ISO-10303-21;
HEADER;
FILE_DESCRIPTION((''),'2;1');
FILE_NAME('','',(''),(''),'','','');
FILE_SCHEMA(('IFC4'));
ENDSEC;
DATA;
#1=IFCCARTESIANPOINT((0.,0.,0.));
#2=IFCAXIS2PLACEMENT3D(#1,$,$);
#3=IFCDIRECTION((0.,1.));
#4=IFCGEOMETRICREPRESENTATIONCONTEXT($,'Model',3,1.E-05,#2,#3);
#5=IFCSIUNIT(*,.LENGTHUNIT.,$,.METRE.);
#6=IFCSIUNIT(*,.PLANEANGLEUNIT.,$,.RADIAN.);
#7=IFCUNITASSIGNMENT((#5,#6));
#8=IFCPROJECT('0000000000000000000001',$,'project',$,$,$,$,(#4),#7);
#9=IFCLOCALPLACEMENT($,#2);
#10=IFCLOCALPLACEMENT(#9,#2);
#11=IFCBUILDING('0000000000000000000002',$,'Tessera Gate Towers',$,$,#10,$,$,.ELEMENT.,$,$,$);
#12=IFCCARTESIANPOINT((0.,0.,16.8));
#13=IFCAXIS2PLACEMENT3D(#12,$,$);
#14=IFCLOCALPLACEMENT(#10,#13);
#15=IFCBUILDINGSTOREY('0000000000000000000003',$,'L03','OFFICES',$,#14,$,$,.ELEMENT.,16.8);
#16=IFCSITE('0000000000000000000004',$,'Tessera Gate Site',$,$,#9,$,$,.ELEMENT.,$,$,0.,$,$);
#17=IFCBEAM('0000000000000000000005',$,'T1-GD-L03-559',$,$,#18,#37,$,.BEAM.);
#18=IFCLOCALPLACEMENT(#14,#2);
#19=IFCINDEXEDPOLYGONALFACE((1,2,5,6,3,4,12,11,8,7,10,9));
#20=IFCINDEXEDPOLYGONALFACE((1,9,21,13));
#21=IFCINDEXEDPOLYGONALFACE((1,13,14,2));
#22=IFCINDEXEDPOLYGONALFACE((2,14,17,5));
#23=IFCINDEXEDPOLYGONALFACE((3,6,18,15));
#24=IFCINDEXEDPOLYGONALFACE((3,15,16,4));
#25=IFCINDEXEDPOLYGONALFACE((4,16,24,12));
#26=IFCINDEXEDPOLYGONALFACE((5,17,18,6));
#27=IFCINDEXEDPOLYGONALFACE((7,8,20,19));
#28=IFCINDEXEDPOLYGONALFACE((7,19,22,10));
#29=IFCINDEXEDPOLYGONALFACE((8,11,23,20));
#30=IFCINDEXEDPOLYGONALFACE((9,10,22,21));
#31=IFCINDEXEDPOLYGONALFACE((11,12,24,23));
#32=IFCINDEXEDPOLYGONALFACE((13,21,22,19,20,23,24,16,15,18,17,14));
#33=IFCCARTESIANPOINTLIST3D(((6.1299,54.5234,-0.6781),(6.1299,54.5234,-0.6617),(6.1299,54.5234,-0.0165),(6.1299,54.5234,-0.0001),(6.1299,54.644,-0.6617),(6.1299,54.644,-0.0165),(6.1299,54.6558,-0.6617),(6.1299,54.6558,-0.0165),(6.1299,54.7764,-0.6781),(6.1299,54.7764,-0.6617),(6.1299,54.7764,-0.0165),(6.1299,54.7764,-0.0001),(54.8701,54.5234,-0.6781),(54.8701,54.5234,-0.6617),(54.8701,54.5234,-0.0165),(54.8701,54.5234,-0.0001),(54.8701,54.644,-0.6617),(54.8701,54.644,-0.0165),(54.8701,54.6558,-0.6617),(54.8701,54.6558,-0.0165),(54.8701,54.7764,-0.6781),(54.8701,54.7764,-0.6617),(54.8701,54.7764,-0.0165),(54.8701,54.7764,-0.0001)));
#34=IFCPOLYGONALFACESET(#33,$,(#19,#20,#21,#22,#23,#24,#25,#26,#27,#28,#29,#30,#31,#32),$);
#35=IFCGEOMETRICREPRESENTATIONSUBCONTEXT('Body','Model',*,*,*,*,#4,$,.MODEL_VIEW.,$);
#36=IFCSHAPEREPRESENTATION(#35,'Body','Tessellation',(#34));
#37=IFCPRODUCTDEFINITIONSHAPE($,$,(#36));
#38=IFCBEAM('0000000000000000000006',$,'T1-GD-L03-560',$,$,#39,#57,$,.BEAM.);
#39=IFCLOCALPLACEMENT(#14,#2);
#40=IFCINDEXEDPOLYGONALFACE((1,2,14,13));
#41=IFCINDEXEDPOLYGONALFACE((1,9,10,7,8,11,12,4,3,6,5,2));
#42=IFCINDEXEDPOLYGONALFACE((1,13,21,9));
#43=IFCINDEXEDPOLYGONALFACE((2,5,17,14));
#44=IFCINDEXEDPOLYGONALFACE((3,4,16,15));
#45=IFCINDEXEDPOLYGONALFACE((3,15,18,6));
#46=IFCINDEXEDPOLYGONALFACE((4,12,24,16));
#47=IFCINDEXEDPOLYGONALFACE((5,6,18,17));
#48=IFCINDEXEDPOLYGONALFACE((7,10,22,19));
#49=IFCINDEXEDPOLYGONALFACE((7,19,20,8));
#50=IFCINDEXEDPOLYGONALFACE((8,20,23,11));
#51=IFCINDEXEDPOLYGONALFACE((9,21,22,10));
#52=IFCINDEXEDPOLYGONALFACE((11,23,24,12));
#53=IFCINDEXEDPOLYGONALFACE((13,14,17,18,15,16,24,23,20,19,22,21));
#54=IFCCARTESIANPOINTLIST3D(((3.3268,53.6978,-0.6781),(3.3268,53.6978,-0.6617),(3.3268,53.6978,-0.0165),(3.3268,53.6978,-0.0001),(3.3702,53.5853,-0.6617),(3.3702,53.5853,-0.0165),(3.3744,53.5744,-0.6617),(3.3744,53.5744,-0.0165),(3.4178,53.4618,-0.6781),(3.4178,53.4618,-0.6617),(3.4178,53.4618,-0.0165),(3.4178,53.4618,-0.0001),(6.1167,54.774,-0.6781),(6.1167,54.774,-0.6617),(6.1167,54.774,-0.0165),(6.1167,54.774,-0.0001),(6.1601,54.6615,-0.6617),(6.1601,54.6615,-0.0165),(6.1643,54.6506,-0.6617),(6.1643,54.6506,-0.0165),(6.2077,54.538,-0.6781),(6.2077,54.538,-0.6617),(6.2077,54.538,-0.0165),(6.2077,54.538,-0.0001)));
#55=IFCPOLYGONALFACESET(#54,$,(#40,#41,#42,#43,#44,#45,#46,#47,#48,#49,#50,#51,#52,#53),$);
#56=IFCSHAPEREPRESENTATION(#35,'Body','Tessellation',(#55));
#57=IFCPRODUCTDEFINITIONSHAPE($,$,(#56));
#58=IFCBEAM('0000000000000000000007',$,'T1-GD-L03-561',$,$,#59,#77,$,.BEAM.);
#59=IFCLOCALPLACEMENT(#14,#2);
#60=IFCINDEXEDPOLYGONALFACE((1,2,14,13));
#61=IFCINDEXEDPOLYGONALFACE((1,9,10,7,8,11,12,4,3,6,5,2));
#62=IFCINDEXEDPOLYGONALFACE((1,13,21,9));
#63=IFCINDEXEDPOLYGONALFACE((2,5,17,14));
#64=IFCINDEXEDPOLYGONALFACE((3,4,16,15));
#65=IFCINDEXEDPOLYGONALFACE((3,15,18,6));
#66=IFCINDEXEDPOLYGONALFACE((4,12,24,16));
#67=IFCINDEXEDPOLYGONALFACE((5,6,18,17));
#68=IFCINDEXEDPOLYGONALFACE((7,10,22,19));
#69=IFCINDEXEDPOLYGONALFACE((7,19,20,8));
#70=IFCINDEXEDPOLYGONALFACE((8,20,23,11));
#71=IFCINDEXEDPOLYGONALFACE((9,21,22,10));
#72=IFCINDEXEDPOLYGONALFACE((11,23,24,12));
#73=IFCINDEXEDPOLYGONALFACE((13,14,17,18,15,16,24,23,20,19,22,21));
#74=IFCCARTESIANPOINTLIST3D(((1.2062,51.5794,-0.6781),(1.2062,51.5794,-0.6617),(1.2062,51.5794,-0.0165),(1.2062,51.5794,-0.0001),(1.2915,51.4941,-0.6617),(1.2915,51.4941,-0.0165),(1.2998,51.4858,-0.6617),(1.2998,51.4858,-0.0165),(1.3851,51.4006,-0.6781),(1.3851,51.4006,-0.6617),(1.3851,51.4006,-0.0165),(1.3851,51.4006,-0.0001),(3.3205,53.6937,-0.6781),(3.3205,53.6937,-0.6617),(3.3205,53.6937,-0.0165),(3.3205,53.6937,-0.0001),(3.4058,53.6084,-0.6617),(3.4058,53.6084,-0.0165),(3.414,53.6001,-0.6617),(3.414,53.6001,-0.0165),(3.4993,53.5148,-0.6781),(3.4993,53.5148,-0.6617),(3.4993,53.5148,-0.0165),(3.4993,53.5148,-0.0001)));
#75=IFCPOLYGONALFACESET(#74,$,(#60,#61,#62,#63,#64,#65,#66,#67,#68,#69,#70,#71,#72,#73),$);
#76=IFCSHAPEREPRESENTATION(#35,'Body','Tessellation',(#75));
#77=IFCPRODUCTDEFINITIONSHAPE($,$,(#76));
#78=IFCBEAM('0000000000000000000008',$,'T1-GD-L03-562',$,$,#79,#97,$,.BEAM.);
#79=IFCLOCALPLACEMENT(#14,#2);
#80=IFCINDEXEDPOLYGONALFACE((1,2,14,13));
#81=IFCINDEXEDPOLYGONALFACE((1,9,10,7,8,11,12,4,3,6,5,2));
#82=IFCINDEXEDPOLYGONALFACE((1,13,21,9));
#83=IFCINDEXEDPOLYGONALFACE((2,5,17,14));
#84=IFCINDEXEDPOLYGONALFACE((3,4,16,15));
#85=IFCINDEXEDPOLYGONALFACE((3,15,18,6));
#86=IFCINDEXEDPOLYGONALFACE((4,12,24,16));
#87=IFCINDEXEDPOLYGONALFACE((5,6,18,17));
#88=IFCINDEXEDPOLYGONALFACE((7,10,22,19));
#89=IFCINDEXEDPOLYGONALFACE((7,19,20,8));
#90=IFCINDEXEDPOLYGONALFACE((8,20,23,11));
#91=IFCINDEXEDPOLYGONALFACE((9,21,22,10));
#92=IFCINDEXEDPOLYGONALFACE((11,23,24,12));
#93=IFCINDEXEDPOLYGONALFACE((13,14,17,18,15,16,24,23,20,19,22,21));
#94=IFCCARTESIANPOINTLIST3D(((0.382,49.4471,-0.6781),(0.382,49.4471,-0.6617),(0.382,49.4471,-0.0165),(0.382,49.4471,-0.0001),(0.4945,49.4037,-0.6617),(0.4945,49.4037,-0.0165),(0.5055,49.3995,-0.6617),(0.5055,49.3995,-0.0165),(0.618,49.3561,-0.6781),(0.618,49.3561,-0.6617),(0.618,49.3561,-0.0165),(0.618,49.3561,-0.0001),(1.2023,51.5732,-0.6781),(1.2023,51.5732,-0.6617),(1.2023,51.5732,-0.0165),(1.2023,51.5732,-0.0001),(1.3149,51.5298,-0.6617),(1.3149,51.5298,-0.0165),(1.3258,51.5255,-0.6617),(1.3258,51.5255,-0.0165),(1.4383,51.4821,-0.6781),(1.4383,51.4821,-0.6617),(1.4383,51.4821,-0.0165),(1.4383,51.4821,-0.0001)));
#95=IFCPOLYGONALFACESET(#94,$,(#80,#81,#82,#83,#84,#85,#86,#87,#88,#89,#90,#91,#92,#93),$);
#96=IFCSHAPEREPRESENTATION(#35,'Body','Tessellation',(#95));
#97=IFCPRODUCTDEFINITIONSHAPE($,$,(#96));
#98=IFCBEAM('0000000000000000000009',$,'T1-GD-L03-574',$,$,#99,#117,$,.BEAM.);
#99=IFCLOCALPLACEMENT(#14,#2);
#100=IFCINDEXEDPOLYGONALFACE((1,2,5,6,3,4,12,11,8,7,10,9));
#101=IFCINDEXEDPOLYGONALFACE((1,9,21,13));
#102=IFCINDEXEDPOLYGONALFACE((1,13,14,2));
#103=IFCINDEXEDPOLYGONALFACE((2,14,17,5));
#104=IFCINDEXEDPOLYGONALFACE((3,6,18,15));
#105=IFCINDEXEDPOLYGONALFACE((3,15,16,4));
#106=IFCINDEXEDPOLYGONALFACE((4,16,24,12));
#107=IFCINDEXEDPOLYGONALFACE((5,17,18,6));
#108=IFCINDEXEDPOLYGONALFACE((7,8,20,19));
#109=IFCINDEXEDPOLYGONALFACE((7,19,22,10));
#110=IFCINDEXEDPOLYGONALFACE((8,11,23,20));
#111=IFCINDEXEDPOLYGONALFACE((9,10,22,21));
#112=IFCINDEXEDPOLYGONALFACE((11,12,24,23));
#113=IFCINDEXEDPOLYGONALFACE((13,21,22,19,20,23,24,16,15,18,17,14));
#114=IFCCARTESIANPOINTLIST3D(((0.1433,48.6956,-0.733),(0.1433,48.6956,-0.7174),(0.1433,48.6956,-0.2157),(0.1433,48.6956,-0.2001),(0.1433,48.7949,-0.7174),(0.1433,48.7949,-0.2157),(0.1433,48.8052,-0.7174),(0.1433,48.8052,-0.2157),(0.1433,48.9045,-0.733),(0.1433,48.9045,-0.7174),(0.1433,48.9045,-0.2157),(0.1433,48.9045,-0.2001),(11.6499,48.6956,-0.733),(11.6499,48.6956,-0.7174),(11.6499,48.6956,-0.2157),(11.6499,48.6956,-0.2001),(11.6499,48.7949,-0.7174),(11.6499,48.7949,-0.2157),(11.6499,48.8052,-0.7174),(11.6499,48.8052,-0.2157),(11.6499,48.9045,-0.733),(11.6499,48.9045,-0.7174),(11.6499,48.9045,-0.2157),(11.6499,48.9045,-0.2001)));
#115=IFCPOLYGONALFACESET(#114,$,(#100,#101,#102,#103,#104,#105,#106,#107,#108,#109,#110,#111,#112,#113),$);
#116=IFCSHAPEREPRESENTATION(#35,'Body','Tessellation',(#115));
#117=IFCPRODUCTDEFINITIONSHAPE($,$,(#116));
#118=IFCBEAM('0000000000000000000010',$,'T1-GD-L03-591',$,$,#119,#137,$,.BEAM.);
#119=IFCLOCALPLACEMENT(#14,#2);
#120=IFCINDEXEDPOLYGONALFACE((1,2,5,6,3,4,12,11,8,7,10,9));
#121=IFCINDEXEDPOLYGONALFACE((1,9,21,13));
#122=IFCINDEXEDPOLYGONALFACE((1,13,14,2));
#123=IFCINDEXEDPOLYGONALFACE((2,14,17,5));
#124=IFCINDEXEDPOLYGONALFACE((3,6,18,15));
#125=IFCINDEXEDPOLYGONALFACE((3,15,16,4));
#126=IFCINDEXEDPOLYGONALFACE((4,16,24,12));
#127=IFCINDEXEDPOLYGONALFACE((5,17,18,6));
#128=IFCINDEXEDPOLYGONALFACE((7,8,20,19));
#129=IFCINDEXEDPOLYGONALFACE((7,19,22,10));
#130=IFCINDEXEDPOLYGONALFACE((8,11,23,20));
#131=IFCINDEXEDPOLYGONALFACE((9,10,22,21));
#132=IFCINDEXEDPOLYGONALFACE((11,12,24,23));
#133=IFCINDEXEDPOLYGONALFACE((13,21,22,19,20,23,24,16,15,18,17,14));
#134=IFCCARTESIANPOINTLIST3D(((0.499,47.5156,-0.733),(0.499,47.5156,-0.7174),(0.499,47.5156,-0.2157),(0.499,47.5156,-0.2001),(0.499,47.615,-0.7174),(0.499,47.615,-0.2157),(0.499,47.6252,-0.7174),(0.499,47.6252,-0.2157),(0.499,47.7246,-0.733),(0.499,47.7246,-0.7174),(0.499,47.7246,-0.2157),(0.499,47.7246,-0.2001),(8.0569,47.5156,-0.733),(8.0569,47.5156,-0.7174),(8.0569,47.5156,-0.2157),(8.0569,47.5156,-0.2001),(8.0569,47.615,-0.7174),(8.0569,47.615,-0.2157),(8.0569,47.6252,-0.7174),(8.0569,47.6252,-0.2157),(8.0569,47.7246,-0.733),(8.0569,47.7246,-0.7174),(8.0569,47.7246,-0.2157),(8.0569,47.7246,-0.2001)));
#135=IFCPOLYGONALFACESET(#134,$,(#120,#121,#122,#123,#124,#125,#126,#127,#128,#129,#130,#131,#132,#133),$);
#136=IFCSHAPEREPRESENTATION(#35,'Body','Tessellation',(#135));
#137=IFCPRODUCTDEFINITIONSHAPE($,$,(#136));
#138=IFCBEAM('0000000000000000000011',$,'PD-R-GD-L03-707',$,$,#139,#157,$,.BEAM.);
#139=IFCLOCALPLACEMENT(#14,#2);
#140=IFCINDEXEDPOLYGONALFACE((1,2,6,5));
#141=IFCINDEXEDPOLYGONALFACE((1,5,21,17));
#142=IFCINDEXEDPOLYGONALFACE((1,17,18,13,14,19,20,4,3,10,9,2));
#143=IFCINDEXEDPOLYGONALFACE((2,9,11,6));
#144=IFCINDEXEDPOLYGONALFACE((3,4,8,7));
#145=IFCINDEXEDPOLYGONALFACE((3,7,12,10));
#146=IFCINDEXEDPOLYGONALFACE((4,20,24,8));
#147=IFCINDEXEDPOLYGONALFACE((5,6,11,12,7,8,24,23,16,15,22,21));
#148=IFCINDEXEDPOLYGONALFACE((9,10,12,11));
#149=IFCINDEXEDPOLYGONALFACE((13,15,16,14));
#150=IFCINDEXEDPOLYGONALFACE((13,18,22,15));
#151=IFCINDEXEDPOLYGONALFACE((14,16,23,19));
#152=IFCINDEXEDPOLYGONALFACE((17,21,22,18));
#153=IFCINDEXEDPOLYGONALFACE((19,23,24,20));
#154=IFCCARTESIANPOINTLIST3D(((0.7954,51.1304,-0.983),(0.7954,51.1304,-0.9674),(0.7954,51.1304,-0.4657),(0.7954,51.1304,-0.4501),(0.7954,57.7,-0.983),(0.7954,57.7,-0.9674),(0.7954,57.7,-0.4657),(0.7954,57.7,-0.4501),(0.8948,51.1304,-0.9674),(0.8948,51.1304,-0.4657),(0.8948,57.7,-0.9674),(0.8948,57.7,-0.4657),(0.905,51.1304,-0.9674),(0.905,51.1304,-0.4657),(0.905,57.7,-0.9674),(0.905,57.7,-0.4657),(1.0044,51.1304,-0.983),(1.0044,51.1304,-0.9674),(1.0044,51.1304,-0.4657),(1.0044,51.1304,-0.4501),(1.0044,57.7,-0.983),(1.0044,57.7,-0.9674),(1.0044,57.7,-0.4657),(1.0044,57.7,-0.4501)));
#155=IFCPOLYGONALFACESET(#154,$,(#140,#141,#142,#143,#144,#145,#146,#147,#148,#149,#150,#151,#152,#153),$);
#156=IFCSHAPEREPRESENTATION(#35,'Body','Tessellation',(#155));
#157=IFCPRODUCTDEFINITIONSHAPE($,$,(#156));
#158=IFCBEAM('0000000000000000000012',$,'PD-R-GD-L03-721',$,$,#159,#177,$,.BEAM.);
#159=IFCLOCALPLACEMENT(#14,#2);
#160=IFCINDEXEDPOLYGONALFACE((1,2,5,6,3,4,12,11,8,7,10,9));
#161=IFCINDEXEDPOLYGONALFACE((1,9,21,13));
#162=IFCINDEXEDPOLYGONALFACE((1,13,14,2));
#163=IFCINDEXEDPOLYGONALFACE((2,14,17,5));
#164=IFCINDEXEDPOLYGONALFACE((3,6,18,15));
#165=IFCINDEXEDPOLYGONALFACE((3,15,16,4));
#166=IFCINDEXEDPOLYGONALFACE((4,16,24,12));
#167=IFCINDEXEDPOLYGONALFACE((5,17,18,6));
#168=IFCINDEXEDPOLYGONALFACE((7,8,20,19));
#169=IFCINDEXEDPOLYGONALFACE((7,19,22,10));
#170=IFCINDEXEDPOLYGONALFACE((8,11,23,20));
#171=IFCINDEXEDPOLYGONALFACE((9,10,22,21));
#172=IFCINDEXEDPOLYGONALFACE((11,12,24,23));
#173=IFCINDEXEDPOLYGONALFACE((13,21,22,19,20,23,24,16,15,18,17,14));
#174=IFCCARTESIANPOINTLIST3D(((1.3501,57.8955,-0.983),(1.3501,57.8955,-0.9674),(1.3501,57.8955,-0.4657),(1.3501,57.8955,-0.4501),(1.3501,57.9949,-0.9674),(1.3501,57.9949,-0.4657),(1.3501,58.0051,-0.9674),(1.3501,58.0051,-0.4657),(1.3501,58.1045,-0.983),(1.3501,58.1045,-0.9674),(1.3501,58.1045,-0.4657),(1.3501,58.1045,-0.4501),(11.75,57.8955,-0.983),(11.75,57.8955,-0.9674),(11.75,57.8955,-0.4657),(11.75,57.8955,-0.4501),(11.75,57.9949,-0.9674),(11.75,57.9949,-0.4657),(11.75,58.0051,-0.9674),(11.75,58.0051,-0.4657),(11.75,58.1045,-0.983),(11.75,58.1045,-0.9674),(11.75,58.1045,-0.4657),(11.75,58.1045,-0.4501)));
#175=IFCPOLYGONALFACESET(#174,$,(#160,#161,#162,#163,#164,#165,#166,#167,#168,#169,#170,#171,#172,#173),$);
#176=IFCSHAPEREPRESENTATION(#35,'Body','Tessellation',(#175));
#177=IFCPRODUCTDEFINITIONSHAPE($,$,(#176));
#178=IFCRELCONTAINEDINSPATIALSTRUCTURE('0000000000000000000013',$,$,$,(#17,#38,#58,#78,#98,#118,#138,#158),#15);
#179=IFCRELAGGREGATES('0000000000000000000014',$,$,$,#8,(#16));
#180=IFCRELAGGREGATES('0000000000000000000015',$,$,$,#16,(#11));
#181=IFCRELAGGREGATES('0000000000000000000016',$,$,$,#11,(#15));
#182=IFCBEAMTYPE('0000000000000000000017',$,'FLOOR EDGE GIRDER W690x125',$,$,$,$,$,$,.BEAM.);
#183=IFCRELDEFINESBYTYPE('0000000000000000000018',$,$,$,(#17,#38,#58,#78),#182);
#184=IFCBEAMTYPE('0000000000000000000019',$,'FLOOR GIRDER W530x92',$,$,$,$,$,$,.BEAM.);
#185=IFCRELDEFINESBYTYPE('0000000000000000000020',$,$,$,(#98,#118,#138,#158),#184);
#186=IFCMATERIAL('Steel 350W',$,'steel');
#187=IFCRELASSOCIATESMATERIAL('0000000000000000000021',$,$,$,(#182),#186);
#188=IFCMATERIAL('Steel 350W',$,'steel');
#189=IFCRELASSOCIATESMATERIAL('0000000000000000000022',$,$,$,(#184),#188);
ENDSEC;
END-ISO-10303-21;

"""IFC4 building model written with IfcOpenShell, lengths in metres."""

from ifc_helpers import new_model, si_unit, direction, frame, origin, origin_2d, place, context, subcontext, project, spatial, i_section, extrude, material, material_profile, profile_set, type_object, element, save


model = new_model("IFC4")

# Units and contexts
model_context = context("Model", 3, precision=1e-05, world=origin(), true_north=direction((0.0, 1.0)))
body_context = subcontext(model_context, "Body", "Model", "MODEL_VIEW")
ifc_project = project(units=[si_unit("LENGTHUNIT", "METRE"), si_unit("PLANEANGLEUNIT", "RADIAN")], contexts=[model_context])

# Site, building, storey
site_placement = place(None, origin())
site = spatial("IfcSite", under=ifc_project, at=site_placement, Name="Tessera Gate Site", CompositionType="ELEMENT", RefElevation=0.0)
building_placement = place(site_placement, origin())
building = spatial("IfcBuilding", under=site, at=building_placement, Name="Tessera Gate Towers", CompositionType="ELEMENT")
storey_placement = place(building_placement, frame((0.0, 0.0, 16.8)))
storey = spatial("IfcBuildingStorey", under=building, at=storey_placement, Name="L03", Description="OFFICES", CompositionType="ELEMENT", Elevation=16.8)

# Beams
ifc_material_1 = material(Name="Steel 350W", Category="steel")
ifc_material_profile_1 = material_profile(ifc_material_1, i_section(OverallWidth=0.2529, OverallDepth=0.678, WebThickness=0.0117, FlangeThickness=0.0164, at=origin_2d()), Name="W690x125")
ifc_profile_set_1 = profile_set([ifc_material_profile_1], Name="Steel 350W")
beam_type_1 = type_object("IfcBeamType", Name="FLOOR EDGE GIRDER W690x125", PredefinedType="BEAM", material=ifc_profile_set_1)
beam_1_placement = place(storey_placement, frame((6.1299, 54.6499, -0.3391), z_axis=(1.0, 0.0, 0.0), x_axis=(0.0, 1.0, 0.0)))
element("IfcBeam", 1, at=beam_1_placement, inside=storey, type_object=beam_type_1, Name="T1-GD-L03-559", PredefinedType="BEAM", context=body_context, shape_type="SweptSolid", body=[
    extrude(i_section(OverallWidth=0.2529, OverallDepth=0.678, WebThickness=0.0117, FlangeThickness=0.0164, at=origin_2d()), origin(), (0.0, 0.0, 1.0), 48.7402),
])
beam_2_placement = place(storey_placement, frame((3.3723, 53.5798, -0.3391), z_axis=(0.93299, 0.359904, 0.0), x_axis=(-0.359904, 0.93299, 0.0)))
element("IfcBeam", 2, at=beam_2_placement, inside=storey, type_object=beam_type_1, Name="T1-GD-L03-560", PredefinedType="BEAM", context=body_context, shape_type="SweptSolid", body=[
    extrude(i_section(OverallWidth=0.2529, OverallDepth=0.678, WebThickness=0.0117, FlangeThickness=0.0164, at=origin_2d()), origin(), (0.0, 0.0, 1.0), 2.9902),
])
beam_3_placement = place(storey_placement, frame((1.2957, 51.49, -0.3391), z_axis=(0.707107, 0.707107, 0.0), x_axis=(-0.707107, 0.707107, 0.0)))
element("IfcBeam", 3, at=beam_3_placement, inside=storey, type_object=beam_type_1, Name="T1-GD-L03-561", PredefinedType="BEAM", context=body_context, shape_type="SweptSolid", body=[
    extrude(i_section(OverallWidth=0.2529, OverallDepth=0.678, WebThickness=0.0117, FlangeThickness=0.0164, at=origin_2d()), origin(), (0.0, 0.0, 1.0), 2.99),
])
beam_4_placement = place(storey_placement, frame((0.5, 49.4016, -0.3391), z_axis=(0.359984, 0.932958, 0.0), x_axis=(-0.932958, 0.359984, 0.0)))
element("IfcBeam", 4, at=beam_4_placement, inside=storey, type_object=beam_type_1, Name="T1-GD-L03-562", PredefinedType="BEAM", context=body_context, shape_type="SweptSolid", body=[
    extrude(i_section(OverallWidth=0.2529, OverallDepth=0.678, WebThickness=0.0117, FlangeThickness=0.0164, at=origin_2d()), origin(), (0.0, 0.0, 1.0), 2.2788),
])
ifc_material_2 = material(Name="Steel 350W", Category="steel")
ifc_material_profile_2 = material_profile(ifc_material_2, i_section(OverallWidth=0.209, OverallDepth=0.533, WebThickness=0.0103, FlangeThickness=0.0156, at=origin_2d()), Name="W530x92")
ifc_profile_set_2 = profile_set([ifc_material_profile_2], Name="Steel 350W")
beam_type_2 = type_object("IfcBeamType", Name="FLOOR GIRDER W530x92", PredefinedType="BEAM", material=ifc_profile_set_2)
beam_5_placement = place(storey_placement, frame((0.1433, 48.8, -0.4666), z_axis=(1.0, 0.0, 0.0), x_axis=(0.0, 1.0, 0.0)))
element("IfcBeam", 5, at=beam_5_placement, inside=storey, type_object=beam_type_2, Name="T1-GD-L03-574", PredefinedType="BEAM", context=body_context, shape_type="SweptSolid", body=[
    extrude(i_section(OverallWidth=0.209, OverallDepth=0.533, WebThickness=0.0103, FlangeThickness=0.0156, at=origin_2d()), origin(), (0.0, 0.0, 1.0), 11.5066),
])
beam_6_placement = place(storey_placement, frame((0.499, 47.6201, -0.4666), z_axis=(1.0, 0.0, 0.0), x_axis=(0.0, 1.0, 0.0)))
element("IfcBeam", 6, at=beam_6_placement, inside=storey, type_object=beam_type_2, Name="T1-GD-L03-591", PredefinedType="BEAM", context=body_context, shape_type="SweptSolid", body=[
    extrude(i_section(OverallWidth=0.209, OverallDepth=0.533, WebThickness=0.0103, FlangeThickness=0.0156, at=origin_2d()), origin(), (0.0, 0.0, 1.0), 7.5579),
])
beam_7_placement = place(storey_placement, frame((0.8999, 51.1304, -0.7166), z_axis=(0.0, 1.0, 0.0), x_axis=(-1.0, 0.0, 0.0)))
element("IfcBeam", 7, at=beam_7_placement, inside=storey, type_object=beam_type_2, Name="PD-R-GD-L03-707", PredefinedType="BEAM", context=body_context, shape_type="SweptSolid", body=[
    extrude(i_section(OverallWidth=0.209, OverallDepth=0.533, WebThickness=0.0103, FlangeThickness=0.0156, at=origin_2d()), origin(), (0.0, 0.0, 1.0), 6.5696),
])
beam_8_placement = place(storey_placement, frame((1.3501, 58.0, -0.7166), z_axis=(1.0, 0.0, 0.0), x_axis=(0.0, 1.0, 0.0)))
element("IfcBeam", 8, at=beam_8_placement, inside=storey, type_object=beam_type_2, Name="PD-R-GD-L03-721", PredefinedType="BEAM", context=body_context, shape_type="SweptSolid", body=[
    extrude(i_section(OverallWidth=0.209, OverallDepth=0.533, WebThickness=0.0103, FlangeThickness=0.0156, at=origin_2d()), origin(), (0.0, 0.0, 1.0), 10.3999),
])

save(model, "model.ifc")
